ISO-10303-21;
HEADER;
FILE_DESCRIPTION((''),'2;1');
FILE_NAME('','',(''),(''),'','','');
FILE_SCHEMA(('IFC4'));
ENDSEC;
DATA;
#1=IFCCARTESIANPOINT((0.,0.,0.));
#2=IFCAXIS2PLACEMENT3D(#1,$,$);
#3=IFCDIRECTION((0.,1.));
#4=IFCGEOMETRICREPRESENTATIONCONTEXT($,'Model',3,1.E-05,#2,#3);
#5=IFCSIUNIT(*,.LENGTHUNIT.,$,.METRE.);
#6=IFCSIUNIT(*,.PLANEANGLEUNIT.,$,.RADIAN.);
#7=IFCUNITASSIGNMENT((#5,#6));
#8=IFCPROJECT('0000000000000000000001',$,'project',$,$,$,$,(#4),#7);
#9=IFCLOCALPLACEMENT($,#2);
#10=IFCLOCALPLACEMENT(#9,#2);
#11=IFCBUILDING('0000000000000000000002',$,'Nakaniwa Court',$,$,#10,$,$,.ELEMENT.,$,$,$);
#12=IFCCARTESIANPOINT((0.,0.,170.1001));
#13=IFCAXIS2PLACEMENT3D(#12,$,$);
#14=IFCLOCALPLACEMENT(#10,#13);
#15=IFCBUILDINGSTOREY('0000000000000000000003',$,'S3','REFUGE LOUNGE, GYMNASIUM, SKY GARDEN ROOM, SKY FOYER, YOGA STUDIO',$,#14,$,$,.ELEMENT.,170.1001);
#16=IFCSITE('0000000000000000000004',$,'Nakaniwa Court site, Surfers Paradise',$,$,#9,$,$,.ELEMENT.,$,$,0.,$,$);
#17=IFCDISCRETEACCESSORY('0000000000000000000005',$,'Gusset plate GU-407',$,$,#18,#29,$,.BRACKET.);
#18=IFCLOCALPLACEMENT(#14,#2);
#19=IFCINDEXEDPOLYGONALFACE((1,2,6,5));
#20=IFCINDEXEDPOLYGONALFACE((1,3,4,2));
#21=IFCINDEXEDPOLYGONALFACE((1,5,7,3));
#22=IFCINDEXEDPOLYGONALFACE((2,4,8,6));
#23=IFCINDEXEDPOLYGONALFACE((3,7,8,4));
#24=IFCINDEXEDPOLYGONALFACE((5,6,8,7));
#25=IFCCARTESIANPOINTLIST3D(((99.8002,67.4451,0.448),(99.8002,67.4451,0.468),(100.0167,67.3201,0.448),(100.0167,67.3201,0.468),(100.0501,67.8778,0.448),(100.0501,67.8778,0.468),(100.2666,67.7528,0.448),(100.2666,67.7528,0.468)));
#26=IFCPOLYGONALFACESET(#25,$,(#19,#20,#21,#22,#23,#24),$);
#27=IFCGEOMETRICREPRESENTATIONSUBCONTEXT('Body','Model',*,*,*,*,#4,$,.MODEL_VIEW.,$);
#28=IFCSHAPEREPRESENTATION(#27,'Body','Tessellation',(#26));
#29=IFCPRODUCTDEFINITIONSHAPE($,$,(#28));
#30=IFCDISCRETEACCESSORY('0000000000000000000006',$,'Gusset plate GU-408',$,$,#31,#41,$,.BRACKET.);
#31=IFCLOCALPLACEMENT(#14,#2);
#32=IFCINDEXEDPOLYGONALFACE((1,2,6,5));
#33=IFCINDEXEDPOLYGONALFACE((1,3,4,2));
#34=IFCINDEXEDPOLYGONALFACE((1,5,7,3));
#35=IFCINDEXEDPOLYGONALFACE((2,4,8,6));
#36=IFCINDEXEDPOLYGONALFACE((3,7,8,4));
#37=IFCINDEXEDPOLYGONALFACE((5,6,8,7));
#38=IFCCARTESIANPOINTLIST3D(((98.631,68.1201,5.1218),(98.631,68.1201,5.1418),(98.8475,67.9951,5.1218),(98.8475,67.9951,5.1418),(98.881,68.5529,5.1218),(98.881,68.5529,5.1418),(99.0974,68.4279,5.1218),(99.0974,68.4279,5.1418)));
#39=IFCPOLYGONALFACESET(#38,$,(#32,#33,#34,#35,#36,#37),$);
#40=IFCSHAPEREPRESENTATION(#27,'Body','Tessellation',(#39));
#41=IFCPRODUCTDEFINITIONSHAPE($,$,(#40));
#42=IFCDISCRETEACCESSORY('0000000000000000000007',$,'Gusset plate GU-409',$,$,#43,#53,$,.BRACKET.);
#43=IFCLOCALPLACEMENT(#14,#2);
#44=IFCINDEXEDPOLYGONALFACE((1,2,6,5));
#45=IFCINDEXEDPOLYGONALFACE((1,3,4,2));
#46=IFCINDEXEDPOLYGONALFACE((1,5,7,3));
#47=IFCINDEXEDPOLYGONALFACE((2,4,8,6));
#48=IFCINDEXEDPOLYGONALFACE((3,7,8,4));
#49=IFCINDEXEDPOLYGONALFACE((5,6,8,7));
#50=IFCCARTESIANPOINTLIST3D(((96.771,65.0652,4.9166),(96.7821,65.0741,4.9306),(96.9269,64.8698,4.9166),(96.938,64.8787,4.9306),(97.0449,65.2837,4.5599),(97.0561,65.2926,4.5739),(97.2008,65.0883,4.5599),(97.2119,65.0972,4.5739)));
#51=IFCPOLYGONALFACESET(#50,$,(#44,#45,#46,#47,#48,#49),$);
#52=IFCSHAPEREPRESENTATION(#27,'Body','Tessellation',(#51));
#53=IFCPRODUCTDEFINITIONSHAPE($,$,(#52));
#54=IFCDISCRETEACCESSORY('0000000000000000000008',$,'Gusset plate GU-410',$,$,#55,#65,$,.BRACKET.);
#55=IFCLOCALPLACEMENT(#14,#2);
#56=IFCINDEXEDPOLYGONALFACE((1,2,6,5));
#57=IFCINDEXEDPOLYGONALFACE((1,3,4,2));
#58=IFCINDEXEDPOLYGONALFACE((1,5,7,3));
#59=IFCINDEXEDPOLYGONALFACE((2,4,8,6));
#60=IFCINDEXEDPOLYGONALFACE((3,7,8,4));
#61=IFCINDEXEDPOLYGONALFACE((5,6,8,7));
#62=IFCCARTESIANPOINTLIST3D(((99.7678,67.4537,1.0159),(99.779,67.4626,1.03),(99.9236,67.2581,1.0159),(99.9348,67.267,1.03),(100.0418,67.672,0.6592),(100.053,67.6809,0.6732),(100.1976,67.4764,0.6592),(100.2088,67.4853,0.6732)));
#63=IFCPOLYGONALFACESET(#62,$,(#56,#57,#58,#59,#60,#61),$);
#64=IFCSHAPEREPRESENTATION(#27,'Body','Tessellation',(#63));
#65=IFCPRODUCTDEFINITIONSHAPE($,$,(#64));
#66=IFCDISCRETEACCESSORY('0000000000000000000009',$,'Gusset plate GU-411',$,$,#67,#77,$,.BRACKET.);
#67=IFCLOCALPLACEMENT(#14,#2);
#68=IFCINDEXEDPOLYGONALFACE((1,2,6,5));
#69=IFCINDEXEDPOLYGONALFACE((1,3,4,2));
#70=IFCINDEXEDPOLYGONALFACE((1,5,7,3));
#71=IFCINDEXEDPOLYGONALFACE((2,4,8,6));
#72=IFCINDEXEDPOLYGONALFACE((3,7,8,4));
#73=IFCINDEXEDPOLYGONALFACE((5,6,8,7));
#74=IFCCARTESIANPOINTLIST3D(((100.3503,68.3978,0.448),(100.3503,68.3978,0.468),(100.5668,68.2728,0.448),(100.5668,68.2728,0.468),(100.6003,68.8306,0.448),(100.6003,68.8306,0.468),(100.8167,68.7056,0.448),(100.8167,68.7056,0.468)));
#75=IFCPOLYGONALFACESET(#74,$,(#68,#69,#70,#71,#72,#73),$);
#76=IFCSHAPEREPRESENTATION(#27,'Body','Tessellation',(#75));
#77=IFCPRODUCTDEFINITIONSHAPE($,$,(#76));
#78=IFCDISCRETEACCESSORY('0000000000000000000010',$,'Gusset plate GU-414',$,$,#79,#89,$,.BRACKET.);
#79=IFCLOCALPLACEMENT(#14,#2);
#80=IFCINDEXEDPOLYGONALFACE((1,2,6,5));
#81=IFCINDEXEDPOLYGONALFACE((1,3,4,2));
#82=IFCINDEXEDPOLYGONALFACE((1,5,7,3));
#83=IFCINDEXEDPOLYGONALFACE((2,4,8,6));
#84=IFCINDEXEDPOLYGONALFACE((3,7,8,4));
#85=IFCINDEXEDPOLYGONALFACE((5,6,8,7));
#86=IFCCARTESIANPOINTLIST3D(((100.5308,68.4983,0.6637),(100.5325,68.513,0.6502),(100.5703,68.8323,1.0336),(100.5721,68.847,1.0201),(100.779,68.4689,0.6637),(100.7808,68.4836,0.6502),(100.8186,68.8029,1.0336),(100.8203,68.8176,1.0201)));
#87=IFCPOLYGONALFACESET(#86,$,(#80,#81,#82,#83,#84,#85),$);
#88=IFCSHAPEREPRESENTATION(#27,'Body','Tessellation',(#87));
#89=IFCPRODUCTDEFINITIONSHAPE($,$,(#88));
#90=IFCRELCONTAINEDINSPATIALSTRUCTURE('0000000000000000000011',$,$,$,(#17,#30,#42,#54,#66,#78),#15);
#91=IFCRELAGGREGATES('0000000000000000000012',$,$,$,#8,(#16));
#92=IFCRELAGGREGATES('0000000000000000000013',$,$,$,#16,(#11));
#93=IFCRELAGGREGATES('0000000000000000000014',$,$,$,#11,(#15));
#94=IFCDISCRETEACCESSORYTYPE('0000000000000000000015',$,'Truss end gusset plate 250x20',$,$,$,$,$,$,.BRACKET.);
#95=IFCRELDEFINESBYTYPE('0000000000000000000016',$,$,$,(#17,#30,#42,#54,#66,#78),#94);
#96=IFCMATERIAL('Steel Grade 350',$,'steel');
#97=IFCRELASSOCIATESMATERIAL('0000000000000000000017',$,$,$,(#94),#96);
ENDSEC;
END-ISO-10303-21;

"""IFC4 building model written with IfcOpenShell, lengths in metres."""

from ifc_helpers import new_model, si_unit, direction, frame, origin, origin_2d, place, context, subcontext, project, spatial, rectangle, extrude, material, material_profile, profile_set, type_object, element, save


model = new_model("IFC4")

# Units and contexts
model_context = context("Model", 3, precision=1e-05, world=origin(), true_north=direction((0.0, 1.0)))
body_context = subcontext(model_context, "Body", "Model", "MODEL_VIEW")
ifc_project = project(units=[si_unit("LENGTHUNIT", "METRE"), si_unit("PLANEANGLEUNIT", "RADIAN")], contexts=[model_context])

# Site, building, storey
site_placement = place(None, origin())
site = spatial("IfcSite", under=ifc_project, at=site_placement, Name="Nakaniwa Court site, Surfers Paradise", CompositionType="ELEMENT", RefElevation=0.0)
building_placement = place(site_placement, origin())
building = spatial("IfcBuilding", under=site, at=building_placement, Name="Nakaniwa Court", CompositionType="ELEMENT")
storey_placement = place(building_placement, frame((0.0, 0.0, 170.1001)))
storey = spatial("IfcBuildingStorey", under=building, at=storey_placement, Name="S3", Description="REFUGE LOUNGE, GYMNASIUM, SKY GARDEN ROOM, SKY FOYER, YOGA STUDIO", CompositionType="ELEMENT", Elevation=170.1001)

# Shared definitions
ifc_material_1 = material(Name="Steel Grade 350", Category="steel")

# Discrete accessories
ifc_material_profile_1 = material_profile(ifc_material_1, rectangle(XDim=0.25, YDim=0.02, at=origin_2d()), Name="Truss end gusset plate 250x20")
ifc_profile_set_1 = profile_set([ifc_material_profile_1], Name="Steel Grade 350")
discrete_accessory_type = type_object("IfcDiscreteAccessoryType", Name="Truss end gusset plate 250x20", PredefinedType="BRACKET", material=ifc_profile_set_1)
for number, where, z_axis, x_axis, name in (
    (1, (99.9084, 67.3826, 0.458), (0.500131, 0.86595, 0.0), (-0.86595, 0.500131, 0.0), "Gusset plate GU-407"),
    (2, (98.7393, 68.0576, 5.1318), (0.500131, 0.86595, 0.0), (-0.86595, 0.500131, 0.0), "Gusset plate GU-408"),
):
    element("IfcDiscreteAccessory", number, at=place(storey_placement, frame(where, z_axis=z_axis, x_axis=x_axis)), inside=storey, type_object=discrete_accessory_type, Name=name, PredefinedType="BRACKET", context=body_context, shape_type="SweptSolid", body=[
        extrude(rectangle(XDim=0.25, YDim=0.02, at=origin_2d()), origin(), (0.0, 0.0, 1.0), 0.4998),
    ])
for number, where, z_axis, x_axis, name in (
    (3, (97.1284, 65.1904, 4.5669), (-0.547843, -0.437005, 0.713368), (0.62359, -0.781752, 0.0), "Gusset plate GU-409"),
    (4, (99.8513, 67.3604, 1.0229), (0.54796, 0.43661, -0.71352), (-0.623164, 0.782091, 0.0), "Gusset plate GU-410"),
):
    element("IfcDiscreteAccessory", number, at=place(storey_placement, frame(where, z_axis=z_axis, x_axis=x_axis)), inside=storey, type_object=discrete_accessory_type, Name=name, PredefinedType="BRACKET", context=body_context, shape_type="SweptSolid", body=[
        extrude(rectangle(XDim=0.25, YDim=0.02, at=origin_2d()), origin(), (0.0, 0.0, 1.0), 0.5),
    ])
discrete_accessory_1_placement = place(storey_placement, frame((100.7085, 68.7681, 0.458), z_axis=(-0.500131, -0.86595, 0.0), x_axis=(0.86595, -0.500131, 0.0)))
element("IfcDiscreteAccessory", 5, at=discrete_accessory_1_placement, inside=storey, type_object=discrete_accessory_type, Name="Gusset plate GU-411", PredefinedType="BRACKET", context=body_context, shape_type="SweptSolid", body=[
    extrude(rectangle(XDim=0.25, YDim=0.02, at=origin_2d()), origin(), (0.0, 0.0, 1.0), 0.4998),
])
discrete_accessory_2_placement = place(storey_placement, frame((100.6953, 68.825, 1.0269), z_axis=(-0.079115, -0.668081, -0.739871), x_axis=(0.993061, -0.117599, 0.0)))
element("IfcDiscreteAccessory", 6, at=discrete_accessory_2_placement, inside=storey, type_object=discrete_accessory_type, Name="Gusset plate GU-414", PredefinedType="BRACKET", context=body_context, shape_type="SweptSolid", body=[
    extrude(rectangle(XDim=0.25, YDim=0.02, at=origin_2d()), origin(), (0.0, 0.0, 1.0), 0.5),
])

save(model, "model.ifc")
